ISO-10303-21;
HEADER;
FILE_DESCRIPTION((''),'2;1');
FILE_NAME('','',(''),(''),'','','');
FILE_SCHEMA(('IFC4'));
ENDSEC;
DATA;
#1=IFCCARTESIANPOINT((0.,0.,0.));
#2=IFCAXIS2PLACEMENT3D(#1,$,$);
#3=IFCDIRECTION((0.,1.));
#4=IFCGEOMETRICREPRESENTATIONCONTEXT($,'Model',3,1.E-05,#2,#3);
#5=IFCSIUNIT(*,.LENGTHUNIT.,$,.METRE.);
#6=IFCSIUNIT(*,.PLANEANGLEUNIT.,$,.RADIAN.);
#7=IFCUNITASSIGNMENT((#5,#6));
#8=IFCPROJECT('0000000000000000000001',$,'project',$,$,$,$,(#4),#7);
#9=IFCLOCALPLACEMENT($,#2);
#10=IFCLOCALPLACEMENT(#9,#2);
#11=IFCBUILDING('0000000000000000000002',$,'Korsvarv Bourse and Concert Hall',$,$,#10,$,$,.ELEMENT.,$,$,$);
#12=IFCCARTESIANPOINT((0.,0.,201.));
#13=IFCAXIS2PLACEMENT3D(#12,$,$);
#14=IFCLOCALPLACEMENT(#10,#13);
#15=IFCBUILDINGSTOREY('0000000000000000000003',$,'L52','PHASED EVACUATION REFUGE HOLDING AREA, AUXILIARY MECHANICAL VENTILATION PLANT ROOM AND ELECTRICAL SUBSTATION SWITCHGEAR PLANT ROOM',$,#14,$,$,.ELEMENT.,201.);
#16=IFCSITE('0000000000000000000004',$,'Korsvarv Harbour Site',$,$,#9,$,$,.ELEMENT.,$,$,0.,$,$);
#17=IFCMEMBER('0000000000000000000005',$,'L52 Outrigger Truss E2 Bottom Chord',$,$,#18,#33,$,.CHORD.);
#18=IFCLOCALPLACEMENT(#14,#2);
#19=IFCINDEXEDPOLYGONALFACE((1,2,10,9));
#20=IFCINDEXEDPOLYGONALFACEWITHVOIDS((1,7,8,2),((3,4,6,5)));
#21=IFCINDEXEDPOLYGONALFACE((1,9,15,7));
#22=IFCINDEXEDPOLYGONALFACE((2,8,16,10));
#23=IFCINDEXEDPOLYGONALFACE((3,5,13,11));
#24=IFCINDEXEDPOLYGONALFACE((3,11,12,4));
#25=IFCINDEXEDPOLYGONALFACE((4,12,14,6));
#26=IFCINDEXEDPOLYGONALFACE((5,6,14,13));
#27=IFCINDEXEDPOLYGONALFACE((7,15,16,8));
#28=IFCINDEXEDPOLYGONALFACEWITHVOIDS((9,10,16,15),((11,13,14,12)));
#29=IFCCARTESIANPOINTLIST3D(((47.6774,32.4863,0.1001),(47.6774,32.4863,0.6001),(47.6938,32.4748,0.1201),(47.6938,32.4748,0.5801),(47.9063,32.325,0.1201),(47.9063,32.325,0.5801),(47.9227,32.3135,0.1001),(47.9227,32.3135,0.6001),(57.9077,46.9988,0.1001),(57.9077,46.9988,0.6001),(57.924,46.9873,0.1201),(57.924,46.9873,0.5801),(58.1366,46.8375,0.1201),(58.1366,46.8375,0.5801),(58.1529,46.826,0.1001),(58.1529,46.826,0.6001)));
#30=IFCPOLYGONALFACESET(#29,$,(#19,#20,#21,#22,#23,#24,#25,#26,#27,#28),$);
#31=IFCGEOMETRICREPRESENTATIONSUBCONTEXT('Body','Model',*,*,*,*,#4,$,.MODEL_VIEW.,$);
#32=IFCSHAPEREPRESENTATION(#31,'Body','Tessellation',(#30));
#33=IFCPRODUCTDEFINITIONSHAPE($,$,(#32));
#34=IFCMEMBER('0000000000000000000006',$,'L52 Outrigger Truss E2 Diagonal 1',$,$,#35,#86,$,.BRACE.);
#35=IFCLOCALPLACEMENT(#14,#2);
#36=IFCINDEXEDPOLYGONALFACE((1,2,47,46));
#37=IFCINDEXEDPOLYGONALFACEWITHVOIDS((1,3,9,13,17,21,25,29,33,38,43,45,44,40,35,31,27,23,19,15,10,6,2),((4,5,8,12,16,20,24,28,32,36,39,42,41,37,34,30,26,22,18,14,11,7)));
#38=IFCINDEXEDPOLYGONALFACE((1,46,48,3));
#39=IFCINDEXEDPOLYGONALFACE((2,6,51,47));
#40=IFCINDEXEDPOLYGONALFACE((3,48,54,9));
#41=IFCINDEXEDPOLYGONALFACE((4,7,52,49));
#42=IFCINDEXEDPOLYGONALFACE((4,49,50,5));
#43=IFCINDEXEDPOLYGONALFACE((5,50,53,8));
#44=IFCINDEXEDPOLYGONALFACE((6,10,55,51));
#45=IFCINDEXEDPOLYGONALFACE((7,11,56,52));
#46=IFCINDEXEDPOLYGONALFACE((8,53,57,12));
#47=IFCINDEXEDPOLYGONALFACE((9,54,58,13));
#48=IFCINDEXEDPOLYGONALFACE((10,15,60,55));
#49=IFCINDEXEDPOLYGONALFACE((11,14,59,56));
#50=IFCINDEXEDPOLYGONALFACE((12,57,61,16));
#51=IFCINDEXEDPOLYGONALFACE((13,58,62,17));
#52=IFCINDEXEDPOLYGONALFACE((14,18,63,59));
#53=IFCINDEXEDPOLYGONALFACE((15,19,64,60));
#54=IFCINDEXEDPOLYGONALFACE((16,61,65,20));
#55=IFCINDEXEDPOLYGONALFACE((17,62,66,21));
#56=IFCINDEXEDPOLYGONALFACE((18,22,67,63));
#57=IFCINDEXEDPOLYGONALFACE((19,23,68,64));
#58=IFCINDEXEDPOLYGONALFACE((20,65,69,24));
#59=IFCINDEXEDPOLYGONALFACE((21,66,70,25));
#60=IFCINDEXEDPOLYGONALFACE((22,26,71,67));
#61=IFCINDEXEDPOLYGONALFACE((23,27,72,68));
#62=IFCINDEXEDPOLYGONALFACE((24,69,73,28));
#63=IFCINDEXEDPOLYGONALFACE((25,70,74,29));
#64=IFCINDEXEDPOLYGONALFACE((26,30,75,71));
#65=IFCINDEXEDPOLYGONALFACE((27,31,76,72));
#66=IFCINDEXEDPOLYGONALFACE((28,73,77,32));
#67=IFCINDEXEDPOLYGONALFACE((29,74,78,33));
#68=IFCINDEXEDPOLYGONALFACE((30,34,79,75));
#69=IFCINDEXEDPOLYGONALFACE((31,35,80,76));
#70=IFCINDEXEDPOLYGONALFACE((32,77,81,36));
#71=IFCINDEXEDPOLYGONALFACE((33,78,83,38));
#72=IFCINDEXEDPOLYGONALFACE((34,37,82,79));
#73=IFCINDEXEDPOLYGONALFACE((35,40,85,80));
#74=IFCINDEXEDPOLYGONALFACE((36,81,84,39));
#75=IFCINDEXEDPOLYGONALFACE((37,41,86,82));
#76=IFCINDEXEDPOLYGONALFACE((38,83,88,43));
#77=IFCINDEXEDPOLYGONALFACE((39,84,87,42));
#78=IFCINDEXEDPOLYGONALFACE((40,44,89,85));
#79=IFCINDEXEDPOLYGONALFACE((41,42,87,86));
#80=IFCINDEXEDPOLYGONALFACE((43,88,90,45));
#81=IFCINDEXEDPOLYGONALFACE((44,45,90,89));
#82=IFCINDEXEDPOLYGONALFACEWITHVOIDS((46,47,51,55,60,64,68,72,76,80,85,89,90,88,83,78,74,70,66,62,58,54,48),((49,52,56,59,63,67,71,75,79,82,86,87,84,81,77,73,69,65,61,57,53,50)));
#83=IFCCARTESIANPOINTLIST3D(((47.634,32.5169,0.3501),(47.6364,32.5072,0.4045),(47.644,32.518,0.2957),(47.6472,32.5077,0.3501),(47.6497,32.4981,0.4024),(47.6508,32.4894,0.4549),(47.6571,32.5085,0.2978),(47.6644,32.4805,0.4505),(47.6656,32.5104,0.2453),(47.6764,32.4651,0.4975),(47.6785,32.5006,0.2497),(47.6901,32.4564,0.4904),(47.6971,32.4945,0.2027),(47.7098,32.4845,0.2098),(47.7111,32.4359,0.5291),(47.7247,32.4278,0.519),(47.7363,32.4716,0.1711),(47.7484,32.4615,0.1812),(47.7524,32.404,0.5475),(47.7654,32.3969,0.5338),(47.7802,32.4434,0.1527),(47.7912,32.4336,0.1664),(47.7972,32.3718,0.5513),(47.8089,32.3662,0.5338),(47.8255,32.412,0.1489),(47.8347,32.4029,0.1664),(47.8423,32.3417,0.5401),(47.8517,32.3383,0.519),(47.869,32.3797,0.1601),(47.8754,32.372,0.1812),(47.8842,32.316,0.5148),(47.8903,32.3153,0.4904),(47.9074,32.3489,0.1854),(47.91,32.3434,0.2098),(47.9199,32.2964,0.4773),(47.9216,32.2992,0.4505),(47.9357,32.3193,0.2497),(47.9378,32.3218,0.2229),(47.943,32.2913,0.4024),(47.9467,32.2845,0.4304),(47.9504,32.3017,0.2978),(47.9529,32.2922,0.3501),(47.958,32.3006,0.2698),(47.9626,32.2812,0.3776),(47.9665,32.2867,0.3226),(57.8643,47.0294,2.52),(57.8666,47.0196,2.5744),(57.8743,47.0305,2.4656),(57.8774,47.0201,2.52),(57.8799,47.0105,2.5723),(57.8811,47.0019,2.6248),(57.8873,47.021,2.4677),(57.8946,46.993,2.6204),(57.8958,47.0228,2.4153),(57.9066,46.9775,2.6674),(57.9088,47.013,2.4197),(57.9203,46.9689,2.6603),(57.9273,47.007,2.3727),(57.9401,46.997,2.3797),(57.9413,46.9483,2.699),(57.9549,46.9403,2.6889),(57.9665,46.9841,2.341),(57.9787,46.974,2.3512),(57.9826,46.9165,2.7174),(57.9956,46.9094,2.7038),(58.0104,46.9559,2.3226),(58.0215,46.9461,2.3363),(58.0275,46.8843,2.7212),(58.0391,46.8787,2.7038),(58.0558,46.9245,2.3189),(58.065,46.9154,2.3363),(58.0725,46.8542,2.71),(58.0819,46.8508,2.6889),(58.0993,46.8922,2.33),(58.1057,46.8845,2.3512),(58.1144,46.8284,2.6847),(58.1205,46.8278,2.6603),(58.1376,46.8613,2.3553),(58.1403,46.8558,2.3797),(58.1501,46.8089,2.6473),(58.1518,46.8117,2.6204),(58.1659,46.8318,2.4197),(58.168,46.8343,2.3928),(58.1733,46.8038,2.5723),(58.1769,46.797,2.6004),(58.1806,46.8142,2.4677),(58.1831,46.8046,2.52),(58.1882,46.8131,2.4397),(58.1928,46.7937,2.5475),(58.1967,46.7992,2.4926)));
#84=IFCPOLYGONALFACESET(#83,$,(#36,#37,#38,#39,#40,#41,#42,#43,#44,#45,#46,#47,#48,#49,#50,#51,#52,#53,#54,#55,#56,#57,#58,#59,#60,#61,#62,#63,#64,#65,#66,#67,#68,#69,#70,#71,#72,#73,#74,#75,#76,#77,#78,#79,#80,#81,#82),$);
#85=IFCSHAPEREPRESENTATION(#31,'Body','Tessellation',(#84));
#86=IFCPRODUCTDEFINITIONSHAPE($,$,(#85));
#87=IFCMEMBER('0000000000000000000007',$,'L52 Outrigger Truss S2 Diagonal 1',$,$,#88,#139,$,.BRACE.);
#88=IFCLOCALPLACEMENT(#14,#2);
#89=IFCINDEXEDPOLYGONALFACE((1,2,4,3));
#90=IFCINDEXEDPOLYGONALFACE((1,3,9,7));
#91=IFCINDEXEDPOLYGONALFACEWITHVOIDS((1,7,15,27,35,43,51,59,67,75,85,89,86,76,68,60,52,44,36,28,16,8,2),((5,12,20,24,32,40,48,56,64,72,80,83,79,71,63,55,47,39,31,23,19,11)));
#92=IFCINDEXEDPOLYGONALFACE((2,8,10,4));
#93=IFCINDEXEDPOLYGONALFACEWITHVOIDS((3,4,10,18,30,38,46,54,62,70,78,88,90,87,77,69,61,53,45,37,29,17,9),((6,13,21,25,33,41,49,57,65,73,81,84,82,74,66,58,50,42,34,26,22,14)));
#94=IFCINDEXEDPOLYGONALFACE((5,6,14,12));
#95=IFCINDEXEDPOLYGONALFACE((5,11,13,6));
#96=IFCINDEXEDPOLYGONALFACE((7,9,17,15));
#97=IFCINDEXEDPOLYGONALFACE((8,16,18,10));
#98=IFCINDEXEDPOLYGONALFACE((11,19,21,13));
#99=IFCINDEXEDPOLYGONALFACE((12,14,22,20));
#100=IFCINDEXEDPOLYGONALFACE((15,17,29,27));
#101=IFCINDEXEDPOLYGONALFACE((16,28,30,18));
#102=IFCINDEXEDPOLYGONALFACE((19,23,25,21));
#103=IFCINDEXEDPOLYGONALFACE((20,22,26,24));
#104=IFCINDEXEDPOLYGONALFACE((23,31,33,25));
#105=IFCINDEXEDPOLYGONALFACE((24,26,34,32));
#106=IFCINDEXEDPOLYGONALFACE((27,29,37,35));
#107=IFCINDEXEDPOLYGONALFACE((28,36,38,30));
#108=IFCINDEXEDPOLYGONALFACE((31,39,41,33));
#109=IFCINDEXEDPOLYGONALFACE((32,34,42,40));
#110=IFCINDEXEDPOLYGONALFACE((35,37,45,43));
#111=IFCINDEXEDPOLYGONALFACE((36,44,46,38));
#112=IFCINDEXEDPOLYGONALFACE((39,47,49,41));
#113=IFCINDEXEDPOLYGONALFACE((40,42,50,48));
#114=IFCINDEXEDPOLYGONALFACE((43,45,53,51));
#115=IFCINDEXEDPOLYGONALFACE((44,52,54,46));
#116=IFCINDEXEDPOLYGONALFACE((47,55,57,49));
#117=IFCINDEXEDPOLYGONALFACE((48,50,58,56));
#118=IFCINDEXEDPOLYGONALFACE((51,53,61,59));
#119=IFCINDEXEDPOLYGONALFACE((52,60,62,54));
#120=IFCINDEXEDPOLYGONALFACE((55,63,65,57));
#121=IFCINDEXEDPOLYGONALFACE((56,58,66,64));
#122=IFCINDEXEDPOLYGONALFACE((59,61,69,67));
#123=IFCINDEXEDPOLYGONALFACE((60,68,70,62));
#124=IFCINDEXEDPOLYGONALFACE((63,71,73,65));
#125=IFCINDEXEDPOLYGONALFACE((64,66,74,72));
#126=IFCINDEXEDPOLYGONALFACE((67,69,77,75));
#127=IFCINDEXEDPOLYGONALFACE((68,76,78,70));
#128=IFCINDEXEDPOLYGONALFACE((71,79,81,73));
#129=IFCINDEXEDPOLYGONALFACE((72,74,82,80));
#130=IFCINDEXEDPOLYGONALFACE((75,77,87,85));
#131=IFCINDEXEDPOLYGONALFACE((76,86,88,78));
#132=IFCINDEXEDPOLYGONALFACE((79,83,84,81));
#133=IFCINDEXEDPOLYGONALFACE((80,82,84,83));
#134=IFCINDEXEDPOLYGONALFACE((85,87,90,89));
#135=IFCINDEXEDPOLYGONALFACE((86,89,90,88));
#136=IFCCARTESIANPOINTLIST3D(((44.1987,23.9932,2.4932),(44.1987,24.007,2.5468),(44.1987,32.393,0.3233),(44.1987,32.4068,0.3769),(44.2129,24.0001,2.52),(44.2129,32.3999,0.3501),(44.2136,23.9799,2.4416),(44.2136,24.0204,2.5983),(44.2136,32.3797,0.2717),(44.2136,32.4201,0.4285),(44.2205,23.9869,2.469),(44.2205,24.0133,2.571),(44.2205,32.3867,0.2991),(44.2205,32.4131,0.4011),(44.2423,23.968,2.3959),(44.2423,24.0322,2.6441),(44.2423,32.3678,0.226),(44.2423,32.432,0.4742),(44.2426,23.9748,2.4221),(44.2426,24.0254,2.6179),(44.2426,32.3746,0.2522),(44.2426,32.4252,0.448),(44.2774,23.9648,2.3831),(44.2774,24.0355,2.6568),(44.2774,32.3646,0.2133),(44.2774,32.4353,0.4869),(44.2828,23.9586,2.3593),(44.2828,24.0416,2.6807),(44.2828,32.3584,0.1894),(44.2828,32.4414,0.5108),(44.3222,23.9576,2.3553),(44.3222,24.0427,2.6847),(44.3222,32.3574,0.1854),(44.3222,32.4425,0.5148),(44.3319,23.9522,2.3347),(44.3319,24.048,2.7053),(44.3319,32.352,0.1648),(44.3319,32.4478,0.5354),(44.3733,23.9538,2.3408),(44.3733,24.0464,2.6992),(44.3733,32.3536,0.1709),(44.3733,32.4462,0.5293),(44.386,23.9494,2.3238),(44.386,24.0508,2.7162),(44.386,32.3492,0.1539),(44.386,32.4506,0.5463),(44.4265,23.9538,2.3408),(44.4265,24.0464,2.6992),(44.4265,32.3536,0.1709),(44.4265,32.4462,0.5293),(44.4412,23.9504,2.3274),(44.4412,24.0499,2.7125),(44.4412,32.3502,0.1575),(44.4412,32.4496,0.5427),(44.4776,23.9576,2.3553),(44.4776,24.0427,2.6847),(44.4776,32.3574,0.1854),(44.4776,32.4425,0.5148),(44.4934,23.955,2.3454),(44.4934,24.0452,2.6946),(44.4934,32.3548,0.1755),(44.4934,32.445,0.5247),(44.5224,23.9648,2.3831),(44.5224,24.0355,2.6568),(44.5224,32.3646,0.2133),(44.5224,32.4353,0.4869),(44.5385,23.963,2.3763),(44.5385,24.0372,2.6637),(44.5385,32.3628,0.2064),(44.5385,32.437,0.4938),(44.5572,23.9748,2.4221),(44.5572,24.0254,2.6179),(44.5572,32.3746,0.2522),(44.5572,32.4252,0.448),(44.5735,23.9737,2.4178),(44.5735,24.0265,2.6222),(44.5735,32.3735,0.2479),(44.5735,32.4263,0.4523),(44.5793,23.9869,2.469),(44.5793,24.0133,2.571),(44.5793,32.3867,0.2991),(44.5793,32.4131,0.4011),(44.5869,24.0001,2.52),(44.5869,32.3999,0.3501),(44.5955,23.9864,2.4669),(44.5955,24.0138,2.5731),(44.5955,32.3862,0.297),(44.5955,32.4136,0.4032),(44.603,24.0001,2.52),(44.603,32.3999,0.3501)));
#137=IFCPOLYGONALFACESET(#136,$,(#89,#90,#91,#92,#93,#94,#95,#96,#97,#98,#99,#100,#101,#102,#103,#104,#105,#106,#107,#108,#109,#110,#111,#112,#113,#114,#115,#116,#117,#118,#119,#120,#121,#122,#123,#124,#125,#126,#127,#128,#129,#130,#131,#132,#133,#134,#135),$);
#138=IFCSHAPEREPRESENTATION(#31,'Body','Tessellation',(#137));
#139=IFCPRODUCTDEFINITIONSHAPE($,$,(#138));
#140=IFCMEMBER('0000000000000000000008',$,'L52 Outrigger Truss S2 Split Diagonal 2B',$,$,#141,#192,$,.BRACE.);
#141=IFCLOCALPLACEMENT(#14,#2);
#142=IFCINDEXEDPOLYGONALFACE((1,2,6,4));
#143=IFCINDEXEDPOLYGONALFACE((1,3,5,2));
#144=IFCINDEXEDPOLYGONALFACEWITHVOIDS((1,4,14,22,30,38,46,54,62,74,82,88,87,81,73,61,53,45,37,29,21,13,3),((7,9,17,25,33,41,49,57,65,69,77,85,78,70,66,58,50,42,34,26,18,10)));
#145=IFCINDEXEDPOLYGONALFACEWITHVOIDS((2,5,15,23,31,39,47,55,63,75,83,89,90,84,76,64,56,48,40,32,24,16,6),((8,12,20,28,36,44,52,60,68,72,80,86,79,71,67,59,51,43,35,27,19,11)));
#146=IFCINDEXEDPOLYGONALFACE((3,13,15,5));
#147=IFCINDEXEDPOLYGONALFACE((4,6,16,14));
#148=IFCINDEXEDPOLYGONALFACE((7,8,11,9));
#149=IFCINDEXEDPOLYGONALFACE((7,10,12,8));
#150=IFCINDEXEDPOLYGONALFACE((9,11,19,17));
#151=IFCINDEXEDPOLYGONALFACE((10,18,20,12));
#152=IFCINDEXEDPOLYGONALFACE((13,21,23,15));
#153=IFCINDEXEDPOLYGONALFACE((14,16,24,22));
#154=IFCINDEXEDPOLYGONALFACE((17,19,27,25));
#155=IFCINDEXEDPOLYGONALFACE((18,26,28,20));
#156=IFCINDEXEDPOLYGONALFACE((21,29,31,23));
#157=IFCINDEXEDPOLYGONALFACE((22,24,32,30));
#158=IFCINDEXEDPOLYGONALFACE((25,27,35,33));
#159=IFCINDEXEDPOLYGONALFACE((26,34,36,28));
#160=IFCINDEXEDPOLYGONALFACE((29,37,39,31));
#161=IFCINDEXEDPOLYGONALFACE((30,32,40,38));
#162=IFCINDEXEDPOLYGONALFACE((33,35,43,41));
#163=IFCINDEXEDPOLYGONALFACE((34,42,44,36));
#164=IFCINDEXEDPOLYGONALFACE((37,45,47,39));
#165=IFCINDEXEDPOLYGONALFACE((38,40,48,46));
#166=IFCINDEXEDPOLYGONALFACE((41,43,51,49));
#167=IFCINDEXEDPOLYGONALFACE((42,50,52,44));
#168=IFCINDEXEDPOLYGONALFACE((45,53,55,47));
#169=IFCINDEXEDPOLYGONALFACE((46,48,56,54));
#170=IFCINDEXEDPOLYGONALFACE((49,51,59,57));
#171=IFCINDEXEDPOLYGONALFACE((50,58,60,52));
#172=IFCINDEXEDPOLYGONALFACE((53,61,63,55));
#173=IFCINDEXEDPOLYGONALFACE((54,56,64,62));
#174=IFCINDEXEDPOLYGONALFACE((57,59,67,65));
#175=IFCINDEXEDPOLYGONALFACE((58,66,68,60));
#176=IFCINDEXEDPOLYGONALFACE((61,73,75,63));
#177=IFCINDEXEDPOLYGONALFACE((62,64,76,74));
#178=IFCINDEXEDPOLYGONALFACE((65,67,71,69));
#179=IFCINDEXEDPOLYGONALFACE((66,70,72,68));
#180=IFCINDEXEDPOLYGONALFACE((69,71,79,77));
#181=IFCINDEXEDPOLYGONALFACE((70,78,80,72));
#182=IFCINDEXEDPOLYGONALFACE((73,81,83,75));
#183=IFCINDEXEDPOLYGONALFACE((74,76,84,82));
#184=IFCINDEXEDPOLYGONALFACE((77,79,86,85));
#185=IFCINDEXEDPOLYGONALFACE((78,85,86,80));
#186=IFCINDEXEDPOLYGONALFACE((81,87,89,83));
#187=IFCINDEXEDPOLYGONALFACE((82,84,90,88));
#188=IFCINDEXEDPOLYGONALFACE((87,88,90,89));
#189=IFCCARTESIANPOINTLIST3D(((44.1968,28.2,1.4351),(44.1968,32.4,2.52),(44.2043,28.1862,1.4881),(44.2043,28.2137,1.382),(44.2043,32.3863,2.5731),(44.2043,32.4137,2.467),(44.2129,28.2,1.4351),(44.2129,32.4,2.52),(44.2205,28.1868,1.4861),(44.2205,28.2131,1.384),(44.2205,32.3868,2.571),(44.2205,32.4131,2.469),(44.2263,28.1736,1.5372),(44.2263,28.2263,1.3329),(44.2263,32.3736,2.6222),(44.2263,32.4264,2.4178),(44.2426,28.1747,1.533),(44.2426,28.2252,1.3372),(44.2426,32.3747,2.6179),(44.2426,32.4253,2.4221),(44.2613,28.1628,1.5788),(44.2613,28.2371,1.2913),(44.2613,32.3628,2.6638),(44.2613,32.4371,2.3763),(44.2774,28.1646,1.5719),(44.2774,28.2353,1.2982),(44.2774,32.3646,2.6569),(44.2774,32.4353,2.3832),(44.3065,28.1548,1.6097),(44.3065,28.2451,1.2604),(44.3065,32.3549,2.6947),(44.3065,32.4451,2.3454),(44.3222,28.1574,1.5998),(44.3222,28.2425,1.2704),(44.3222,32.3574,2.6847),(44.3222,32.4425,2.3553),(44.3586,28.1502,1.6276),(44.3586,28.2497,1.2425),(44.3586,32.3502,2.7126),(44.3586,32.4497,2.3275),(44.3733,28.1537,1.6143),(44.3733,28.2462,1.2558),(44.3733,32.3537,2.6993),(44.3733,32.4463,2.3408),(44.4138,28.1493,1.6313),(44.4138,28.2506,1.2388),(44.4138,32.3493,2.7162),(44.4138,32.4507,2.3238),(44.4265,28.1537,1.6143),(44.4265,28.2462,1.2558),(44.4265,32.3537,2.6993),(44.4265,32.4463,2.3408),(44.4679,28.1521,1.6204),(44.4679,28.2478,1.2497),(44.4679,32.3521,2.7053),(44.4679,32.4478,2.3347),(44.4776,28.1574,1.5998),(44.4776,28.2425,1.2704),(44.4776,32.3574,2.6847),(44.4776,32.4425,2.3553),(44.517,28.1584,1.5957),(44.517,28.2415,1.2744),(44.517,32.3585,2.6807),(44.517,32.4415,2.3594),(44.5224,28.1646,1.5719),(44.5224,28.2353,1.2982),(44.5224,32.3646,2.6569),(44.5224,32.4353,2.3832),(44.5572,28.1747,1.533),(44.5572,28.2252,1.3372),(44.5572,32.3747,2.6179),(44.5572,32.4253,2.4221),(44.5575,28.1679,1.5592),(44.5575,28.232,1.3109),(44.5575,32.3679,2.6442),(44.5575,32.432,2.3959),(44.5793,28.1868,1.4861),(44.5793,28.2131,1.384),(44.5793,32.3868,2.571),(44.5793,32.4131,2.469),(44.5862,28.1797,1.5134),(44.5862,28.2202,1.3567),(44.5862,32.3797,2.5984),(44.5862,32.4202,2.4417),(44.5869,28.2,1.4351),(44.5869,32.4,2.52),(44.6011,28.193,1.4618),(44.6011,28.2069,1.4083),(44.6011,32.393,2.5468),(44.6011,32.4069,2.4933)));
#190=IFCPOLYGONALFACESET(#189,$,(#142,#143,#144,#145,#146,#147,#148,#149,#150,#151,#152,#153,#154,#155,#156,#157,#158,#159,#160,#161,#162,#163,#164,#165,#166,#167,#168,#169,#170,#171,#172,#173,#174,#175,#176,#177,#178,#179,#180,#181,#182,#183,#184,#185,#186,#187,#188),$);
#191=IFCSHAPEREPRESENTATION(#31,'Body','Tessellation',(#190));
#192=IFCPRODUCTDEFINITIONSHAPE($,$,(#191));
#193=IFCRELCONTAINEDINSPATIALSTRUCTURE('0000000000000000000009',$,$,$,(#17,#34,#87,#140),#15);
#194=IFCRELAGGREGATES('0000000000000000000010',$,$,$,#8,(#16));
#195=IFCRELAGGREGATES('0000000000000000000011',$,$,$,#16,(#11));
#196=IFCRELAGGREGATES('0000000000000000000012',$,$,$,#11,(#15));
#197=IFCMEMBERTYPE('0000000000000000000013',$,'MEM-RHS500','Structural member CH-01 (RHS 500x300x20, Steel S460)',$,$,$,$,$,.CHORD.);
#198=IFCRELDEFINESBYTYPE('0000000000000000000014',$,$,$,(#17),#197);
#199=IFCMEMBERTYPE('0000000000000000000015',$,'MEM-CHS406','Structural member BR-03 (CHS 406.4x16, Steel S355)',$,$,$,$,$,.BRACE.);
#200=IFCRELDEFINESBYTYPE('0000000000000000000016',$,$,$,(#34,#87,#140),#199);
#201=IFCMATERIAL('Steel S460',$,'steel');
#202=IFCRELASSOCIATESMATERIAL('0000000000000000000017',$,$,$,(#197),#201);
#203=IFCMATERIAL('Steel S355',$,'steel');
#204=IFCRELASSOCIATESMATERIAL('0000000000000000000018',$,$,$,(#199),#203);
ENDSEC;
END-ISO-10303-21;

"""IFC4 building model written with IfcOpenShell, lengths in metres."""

from ifc_helpers import new_model, si_unit, direction, frame, origin, origin_2d, place, context, subcontext, project, spatial, hollow_rectangle, hollow_circle, extrude, source, transform, mapped, material, material_profile, profile_set, type_object, element, save


model = new_model("IFC4")

# Units and contexts
model_context = context("Model", 3, precision=1e-05, world=origin(), true_north=direction((0.0, 1.0)))
body_context = subcontext(model_context, "Body", "Model", "MODEL_VIEW")
ifc_project = project(units=[si_unit("LENGTHUNIT", "METRE"), si_unit("PLANEANGLEUNIT", "RADIAN")], contexts=[model_context])

# Site, building, storey
site_placement = place(None, origin())
site = spatial("IfcSite", under=ifc_project, at=site_placement, Name="Korsvarv Harbour Site", CompositionType="ELEMENT", RefElevation=0.0)
building_placement = place(site_placement, origin())
building = spatial("IfcBuilding", under=site, at=building_placement, Name="Korsvarv Bourse and Concert Hall", CompositionType="ELEMENT")
storey_placement = place(building_placement, frame((0.0, 0.0, 201.0)))
storey = spatial("IfcBuildingStorey", under=building, at=storey_placement, Name="L52", Description="PHASED EVACUATION REFUGE HOLDING AREA, AUXILIARY MECHANICAL VENTILATION PLANT ROOM AND ELECTRICAL SUBSTATION SWITCHGEAR PLANT ROOM", CompositionType="ELEMENT", Elevation=201.0)

# Shared definitions
ifc_material_1 = material(Name="Steel S355", Category="steel")

# Shared definitions
ifc_material_2 = material(Name="Steel S460", Category="steel")
ifc_material_profile_1 = material_profile(ifc_material_2, hollow_rectangle(XDim=0.3, YDim=0.5, WallThickness=0.02, at=origin_2d()), Name="RHS 500x300x20")
ifc_profile_set_1 = profile_set([ifc_material_profile_1], Name="Steel S460")
member_type_1 = type_object("IfcMemberType", Name="MEM-RHS500", Description="Structural member CH-01 (RHS 500x300x20, Steel S460)", PredefinedType="CHORD", material=ifc_profile_set_1)

# Members
ifc_material_profile_2 = material_profile(ifc_material_1, hollow_circle(Radius=0.2031, WallThickness=0.0161, at=origin_2d()), Name="CHS 406.4x16")
ifc_profile_set_2 = profile_set([ifc_material_profile_2], Name="Steel S355")
member_type_2 = type_object("IfcMemberType", Name="MEM-CHS406", Description="Structural member BR-03 (CHS 406.4x16, Steel S355)", PredefinedType="BRACE", material=ifc_profile_set_2)
shared_shape_1 = source(origin(), body_context, "Body", "SweptSolid", [
    extrude(hollow_rectangle(XDim=0.3, YDim=0.5, WallThickness=0.02, at=origin_2d()), origin(), (0.0, 0.0, 1.0), 17.7559),
])
member_1_placement = place(storey_placement, frame((47.8, 32.3999, 0.3501), z_axis=(0.576162, 0.817335, 0.0), x_axis=(-0.817335, 0.576162, 0.0)))
element("IfcMember", 1, at=member_1_placement, inside=storey, type_object=member_type_1, Name="L52 Outrigger Truss E2 Bottom Chord", PredefinedType="CHORD", context=body_context, shape_type="MappedRepresentation", body=[
    mapped(shared_shape_1, transform((0.0, 0.0, 0.0), scale=1.0)),
])
shared_shape_2 = source(origin(), body_context, "Body", "SweptSolid", [
    extrude(hollow_circle(Radius=0.2031, WallThickness=0.0161, at=origin_2d()), origin(), (0.0, 0.0, 1.0), 17.8879),
])
member_2_placement = place(storey_placement, frame((47.8, 32.3999, 0.3501), z_axis=(0.571907, 0.811299, 0.121307), x_axis=(-0.817335, 0.576162, 0.0)))
element("IfcMember", 2, at=member_2_placement, inside=storey, type_object=member_type_2, Name="L52 Outrigger Truss E2 Diagonal 1", PredefinedType="BRACE", context=body_context, shape_type="MappedRepresentation", body=[
    mapped(shared_shape_2, transform((0.0, 0.0, 0.0), scale=1.0)),
])
shared_shape_3 = source(origin(), body_context, "Body", "SweptSolid", [
    extrude(hollow_circle(Radius=0.2031, WallThickness=0.0161, at=origin_2d()), origin(), (0.0, 0.0, 1.0), 8.6755),
])
member_3_placement = place(storey_placement, frame((44.3999, 32.3999, 0.3501), z_axis=(0.0, -0.968216, 0.250116), x_axis=(1.0, 0.0, 0.0)))
element("IfcMember", 3, at=member_3_placement, inside=storey, type_object=member_type_2, Name="L52 Outrigger Truss S2 Diagonal 1", PredefinedType="BRACE", context=body_context, shape_type="MappedRepresentation", body=[
    mapped(shared_shape_3, transform((0.0, 0.0, 0.0), scale=1.0)),
])
shared_shape_4 = source(origin(), body_context, "Body", "SweptSolid", [
    extrude(hollow_circle(Radius=0.2031, WallThickness=0.0161, at=origin_2d()), origin(), (0.0, 0.0, 1.0), 4.3379),
])
member_4_placement = place(storey_placement, frame((44.3999, 28.2, 1.4351), z_axis=(0.0, 0.968216, 0.250116), x_axis=(-1.0, 0.0, 0.0)))
element("IfcMember", 4, at=member_4_placement, inside=storey, type_object=member_type_2, Name="L52 Outrigger Truss S2 Split Diagonal 2B", PredefinedType="BRACE", context=body_context, shape_type="MappedRepresentation", body=[
    mapped(shared_shape_4, transform((0.0, 0.0, 0.0), scale=1.0)),
])

save(model, "model.ifc")
